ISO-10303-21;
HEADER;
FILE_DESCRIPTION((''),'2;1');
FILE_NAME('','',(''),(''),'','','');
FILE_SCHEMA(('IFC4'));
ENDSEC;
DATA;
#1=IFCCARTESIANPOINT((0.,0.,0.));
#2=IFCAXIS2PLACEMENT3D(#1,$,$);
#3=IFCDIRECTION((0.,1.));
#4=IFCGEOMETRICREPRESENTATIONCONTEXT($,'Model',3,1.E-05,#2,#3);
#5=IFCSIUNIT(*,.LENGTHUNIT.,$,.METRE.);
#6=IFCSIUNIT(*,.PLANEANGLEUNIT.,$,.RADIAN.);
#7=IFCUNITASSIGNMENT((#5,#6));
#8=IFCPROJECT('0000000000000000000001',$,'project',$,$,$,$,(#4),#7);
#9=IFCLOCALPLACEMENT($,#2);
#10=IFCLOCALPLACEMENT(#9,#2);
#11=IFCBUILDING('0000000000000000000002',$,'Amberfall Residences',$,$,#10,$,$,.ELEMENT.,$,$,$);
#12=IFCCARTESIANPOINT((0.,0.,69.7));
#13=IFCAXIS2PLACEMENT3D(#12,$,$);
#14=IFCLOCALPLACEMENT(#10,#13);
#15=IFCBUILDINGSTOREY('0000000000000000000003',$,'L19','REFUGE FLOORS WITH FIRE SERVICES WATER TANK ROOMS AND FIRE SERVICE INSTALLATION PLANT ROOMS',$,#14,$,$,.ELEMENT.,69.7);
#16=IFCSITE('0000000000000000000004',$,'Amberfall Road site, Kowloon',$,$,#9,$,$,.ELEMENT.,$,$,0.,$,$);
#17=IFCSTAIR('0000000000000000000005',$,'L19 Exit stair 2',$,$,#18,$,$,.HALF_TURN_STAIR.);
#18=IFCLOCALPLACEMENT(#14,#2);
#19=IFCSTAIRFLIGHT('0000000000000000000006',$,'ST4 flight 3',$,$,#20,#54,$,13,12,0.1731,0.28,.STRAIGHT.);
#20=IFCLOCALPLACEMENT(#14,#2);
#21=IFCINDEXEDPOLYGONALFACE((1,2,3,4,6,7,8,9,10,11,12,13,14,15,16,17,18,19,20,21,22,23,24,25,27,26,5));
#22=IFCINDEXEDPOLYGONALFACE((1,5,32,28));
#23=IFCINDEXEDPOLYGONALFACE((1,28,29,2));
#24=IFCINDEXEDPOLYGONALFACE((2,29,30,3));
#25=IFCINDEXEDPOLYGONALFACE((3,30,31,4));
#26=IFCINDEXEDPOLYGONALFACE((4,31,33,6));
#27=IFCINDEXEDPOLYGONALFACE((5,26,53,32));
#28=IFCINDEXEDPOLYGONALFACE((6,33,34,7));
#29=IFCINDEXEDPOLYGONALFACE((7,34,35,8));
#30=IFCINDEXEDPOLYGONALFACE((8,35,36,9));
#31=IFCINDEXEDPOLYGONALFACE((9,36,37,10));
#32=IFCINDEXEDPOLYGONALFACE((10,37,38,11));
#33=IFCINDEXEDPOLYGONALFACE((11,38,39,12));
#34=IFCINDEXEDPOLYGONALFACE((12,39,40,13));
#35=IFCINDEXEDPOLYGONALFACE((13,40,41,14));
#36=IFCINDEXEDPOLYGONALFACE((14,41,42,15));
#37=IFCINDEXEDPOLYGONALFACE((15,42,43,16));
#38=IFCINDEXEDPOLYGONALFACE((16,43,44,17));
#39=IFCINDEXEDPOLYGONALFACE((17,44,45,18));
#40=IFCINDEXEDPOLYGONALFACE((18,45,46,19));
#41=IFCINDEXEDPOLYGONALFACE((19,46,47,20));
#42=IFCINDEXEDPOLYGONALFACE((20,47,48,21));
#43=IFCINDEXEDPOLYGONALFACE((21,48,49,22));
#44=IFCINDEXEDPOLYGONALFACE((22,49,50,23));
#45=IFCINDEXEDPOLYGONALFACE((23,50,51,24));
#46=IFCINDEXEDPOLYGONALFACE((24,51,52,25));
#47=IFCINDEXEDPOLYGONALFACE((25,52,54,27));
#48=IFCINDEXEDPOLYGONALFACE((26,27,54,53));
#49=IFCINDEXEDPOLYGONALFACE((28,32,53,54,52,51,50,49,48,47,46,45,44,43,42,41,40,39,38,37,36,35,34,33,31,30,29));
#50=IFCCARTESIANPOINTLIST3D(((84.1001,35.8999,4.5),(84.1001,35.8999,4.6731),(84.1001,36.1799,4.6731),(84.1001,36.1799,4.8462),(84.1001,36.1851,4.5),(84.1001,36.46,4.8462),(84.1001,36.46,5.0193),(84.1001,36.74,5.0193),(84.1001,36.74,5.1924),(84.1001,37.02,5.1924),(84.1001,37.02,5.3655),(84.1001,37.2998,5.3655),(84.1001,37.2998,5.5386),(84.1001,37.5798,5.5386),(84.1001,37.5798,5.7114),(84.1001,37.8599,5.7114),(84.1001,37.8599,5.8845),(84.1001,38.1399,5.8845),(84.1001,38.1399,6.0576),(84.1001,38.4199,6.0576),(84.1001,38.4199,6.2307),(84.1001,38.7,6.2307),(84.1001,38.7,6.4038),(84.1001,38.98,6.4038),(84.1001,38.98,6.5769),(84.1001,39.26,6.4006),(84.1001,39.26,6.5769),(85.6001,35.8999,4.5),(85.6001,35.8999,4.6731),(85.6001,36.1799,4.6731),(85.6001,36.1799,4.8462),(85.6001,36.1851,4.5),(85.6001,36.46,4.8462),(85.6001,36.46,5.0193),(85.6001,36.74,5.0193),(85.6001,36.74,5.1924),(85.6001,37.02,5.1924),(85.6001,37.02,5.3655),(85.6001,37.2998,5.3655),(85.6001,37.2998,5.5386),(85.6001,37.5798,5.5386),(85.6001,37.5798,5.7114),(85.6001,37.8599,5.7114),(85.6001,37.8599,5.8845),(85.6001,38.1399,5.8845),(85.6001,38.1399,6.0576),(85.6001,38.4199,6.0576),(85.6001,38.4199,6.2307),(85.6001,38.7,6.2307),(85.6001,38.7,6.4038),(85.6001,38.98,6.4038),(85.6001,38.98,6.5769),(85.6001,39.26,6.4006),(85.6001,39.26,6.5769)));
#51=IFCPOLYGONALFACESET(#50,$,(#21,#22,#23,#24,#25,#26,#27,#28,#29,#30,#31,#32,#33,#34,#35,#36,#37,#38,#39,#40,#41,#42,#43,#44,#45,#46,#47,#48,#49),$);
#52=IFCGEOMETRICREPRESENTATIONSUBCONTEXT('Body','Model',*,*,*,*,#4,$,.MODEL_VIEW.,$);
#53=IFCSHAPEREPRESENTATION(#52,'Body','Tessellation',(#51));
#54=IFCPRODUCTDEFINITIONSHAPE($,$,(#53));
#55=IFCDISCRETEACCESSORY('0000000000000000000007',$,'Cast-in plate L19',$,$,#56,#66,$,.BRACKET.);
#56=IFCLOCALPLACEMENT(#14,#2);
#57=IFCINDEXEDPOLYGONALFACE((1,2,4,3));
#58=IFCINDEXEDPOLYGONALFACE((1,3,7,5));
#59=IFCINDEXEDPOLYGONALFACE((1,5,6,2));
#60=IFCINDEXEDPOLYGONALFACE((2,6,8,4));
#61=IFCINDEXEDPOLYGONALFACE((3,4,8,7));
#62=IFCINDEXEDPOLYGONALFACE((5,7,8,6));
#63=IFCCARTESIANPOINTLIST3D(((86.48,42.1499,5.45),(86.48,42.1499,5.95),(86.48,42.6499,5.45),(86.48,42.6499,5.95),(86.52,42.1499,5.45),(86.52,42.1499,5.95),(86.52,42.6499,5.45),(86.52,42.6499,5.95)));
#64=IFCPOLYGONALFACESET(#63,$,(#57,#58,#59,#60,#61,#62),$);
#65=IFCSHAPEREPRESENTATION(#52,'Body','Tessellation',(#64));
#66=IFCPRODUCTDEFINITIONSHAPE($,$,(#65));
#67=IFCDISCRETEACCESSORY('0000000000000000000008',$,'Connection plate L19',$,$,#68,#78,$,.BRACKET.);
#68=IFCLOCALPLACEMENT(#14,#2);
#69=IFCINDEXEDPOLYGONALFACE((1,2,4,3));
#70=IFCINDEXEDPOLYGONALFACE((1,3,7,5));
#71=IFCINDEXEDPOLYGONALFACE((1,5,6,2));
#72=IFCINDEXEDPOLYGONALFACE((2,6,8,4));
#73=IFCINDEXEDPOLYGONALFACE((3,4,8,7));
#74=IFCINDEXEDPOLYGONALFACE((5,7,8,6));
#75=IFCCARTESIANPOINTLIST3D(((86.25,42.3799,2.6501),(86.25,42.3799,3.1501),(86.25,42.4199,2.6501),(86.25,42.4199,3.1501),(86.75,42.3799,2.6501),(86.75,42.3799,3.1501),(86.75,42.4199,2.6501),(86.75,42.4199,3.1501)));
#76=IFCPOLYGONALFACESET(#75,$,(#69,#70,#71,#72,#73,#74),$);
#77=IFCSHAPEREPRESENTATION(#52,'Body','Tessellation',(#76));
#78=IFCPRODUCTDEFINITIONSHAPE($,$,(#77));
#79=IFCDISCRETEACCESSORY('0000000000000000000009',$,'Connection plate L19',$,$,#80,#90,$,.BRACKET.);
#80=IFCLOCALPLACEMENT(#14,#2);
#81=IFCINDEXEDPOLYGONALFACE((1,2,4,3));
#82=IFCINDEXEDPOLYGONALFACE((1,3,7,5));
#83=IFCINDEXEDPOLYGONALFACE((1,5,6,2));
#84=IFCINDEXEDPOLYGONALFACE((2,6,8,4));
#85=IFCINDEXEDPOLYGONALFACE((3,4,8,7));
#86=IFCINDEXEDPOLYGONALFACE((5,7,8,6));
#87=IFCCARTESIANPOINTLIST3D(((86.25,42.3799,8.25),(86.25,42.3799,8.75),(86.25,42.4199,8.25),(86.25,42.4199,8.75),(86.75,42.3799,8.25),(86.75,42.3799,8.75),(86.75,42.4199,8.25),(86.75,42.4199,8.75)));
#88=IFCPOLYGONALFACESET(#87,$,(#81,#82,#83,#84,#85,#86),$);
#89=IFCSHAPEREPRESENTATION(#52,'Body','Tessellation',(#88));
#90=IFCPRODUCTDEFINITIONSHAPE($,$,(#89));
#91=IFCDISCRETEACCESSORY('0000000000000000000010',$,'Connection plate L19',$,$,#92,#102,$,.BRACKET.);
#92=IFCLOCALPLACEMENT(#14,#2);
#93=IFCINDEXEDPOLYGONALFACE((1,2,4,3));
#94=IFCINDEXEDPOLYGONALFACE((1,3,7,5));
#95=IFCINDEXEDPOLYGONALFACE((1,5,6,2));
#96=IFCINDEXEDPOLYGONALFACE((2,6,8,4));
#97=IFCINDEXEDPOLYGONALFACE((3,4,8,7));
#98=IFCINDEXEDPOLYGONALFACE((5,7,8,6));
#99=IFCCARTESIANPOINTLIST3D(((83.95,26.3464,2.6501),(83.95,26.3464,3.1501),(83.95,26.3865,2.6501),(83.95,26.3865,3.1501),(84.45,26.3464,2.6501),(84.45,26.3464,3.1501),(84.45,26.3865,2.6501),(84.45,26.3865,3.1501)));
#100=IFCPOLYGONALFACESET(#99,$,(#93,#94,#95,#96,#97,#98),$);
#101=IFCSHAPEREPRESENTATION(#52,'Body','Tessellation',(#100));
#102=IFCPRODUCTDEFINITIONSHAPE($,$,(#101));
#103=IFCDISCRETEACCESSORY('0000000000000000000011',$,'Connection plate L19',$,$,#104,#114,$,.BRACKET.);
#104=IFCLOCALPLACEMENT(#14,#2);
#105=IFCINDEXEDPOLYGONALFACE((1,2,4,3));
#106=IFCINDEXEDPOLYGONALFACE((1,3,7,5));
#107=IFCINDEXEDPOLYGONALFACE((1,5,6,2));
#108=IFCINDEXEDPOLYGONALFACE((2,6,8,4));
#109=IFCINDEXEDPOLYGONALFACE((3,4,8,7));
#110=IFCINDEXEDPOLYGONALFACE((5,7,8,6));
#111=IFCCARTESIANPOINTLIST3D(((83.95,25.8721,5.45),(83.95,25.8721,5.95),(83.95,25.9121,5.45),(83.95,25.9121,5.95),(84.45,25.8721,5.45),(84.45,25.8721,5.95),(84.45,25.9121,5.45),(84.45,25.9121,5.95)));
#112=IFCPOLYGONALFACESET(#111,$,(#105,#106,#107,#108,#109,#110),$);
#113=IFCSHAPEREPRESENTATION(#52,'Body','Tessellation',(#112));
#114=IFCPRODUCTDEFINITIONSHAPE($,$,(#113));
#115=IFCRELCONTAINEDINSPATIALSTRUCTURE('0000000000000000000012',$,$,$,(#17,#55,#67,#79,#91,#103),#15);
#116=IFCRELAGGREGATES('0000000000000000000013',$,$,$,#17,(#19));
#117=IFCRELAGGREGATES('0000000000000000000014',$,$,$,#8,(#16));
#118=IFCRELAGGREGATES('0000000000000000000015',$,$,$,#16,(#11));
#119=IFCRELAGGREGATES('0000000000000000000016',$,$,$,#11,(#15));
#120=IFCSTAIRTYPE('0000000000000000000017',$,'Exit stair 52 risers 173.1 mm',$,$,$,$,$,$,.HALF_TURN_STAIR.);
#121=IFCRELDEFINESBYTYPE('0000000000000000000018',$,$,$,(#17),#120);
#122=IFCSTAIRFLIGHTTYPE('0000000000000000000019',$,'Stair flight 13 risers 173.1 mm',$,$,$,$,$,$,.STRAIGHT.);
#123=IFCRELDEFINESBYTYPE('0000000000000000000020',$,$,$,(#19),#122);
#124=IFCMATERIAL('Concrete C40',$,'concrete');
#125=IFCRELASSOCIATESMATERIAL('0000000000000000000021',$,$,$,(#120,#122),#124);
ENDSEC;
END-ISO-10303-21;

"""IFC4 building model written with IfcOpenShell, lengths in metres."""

from ifc_helpers import new_model, si_unit, direction, frame, origin, origin_2d, place, context, subcontext, project, spatial, polyline, rectangle, outline, extrude, material, type_object, element, aggregate, save


model = new_model("IFC4")

# Units and contexts
model_context = context("Model", 3, precision=1e-05, world=origin(), true_north=direction((0.0, 1.0)))
body_context = subcontext(model_context, "Body", "Model", "MODEL_VIEW")
ifc_project = project(units=[si_unit("LENGTHUNIT", "METRE"), si_unit("PLANEANGLEUNIT", "RADIAN")], contexts=[model_context])

# Site, building, storey
site_placement = place(None, origin())
site = spatial("IfcSite", under=ifc_project, at=site_placement, Name="Amberfall Road site, Kowloon", CompositionType="ELEMENT", RefElevation=0.0)
building_placement = place(site_placement, origin())
building = spatial("IfcBuilding", under=site, at=building_placement, Name="Amberfall Residences", CompositionType="ELEMENT")
storey_placement = place(building_placement, frame((0.0, 0.0, 69.7)))
storey = spatial("IfcBuildingStorey", under=building, at=storey_placement, Name="L19", Description="REFUGE FLOORS WITH FIRE SERVICES WATER TANK ROOMS AND FIRE SERVICE INSTALLATION PLANT ROOMS", CompositionType="ELEMENT", Elevation=69.7)

# Shared definitions
ifc_material_1 = material(Name="Concrete C40", Category="concrete")

# Stair, stair flight
stair_type = type_object("IfcStairType", Name="Exit stair 52 risers 173.1 mm", PredefinedType="HALF_TURN_STAIR", material=ifc_material_1)
stair_placement = place(storey_placement, origin())
stair = element("IfcStair", 1, at=stair_placement, inside=storey, type_object=stair_type, Name="L19 Exit stair 2", PredefinedType="HALF_TURN_STAIR")
stair_flight_type = type_object("IfcStairFlightType", Name="Stair flight 13 risers 173.1 mm", PredefinedType="STRAIGHT", material=ifc_material_1)
stair_flight_1_placement = place(storey_placement, frame((84.8501, 35.8999, 4.5), z_axis=(0.0, 0.0, 1.0), x_axis=(0.0, 1.0, 0.0)))
stair_flight_1 = element("IfcStairFlight", 2, at=stair_flight_1_placement, type_object=stair_flight_type, Name="ST4 flight 3", NumberOfRisers=13, NumberOfTreads=12, PredefinedType="STRAIGHT", RiserHeight=0.1731, TreadLength=0.28, context=body_context, shape_type="SweptSolid", body=[
    extrude(outline(polyline([(0.0, 0.0), (0.0, 0.1731), (0.28, 0.1731), (0.28, 0.3462), (0.5601, 0.3462), (0.5601, 0.5193), (0.8401, 0.5193), (0.8401, 0.6924), (1.1201, 0.6924), (1.1201, 0.8655), (1.3999, 0.8655), (1.3999, 1.0386), (1.6799, 1.0386), (1.6799, 1.2114), (1.96, 1.2114), (1.96, 1.3845), (2.24, 1.3845), (2.24, 1.5576), (2.52, 1.5576), (2.52, 1.7307), (2.8, 1.7307), (2.8, 1.9038), (3.0801, 1.9038), (3.0801, 2.0769), (3.3601, 2.0769), (3.3601, 2.25), (3.3601, 1.9006), (0.2852, 0.0), (0.0, 0.0)])), frame((0.0, 0.75, 0.0), z_axis=(0.0, -1.0, 0.0), x_axis=(1.0, 0.0, 0.0)), (0.0, 0.0, 1.0), 1.5),
])
aggregate(stair, [stair_flight_1])

# Discrete accessories
discrete_accessory_placement = place(storey_placement, frame((86.5, 42.3999, 5.45), z_axis=(0.0, 0.0, 1.0), x_axis=(1.0, 0.0, 0.0)))
element("IfcDiscreteAccessory", 3, at=discrete_accessory_placement, inside=storey, Name="Cast-in plate L19", PredefinedType="BRACKET", context=body_context, shape_type="SweptSolid", body=[
    extrude(rectangle(XDim=0.04, YDim=0.5, at=origin_2d()), origin(), (0.0, 0.0, 1.0), 0.5),
])
for number, where, z_axis, x_axis, name in (
    (4, (86.5, 42.3999, 2.6501), (0.0, 0.0, 1.0), (1.0, 0.0, 0.0), "Connection plate L19"),
    (5, (86.5, 42.3999, 8.25), (0.0, 0.0, 1.0), (1.0, 0.0, 0.0), "Connection plate L19"),
    (6, (84.2, 26.3665, 2.6501), (0.0, 0.0, 1.0), (1.0, 0.0, 0.0), "Connection plate L19"),
    (7, (84.2, 25.8921, 5.45), (0.0, 0.0, 1.0), (1.0, 0.0, 0.0), "Connection plate L19"),
):
    element("IfcDiscreteAccessory", number, at=place(storey_placement, frame(where, z_axis=z_axis, x_axis=x_axis)), inside=storey, Name=name, PredefinedType="BRACKET", context=body_context, shape_type="SweptSolid", body=[
        extrude(rectangle(XDim=0.5, YDim=0.04, at=origin_2d()), origin(), (0.0, 0.0, 1.0), 0.5),
    ])

save(model, "model.ifc")
